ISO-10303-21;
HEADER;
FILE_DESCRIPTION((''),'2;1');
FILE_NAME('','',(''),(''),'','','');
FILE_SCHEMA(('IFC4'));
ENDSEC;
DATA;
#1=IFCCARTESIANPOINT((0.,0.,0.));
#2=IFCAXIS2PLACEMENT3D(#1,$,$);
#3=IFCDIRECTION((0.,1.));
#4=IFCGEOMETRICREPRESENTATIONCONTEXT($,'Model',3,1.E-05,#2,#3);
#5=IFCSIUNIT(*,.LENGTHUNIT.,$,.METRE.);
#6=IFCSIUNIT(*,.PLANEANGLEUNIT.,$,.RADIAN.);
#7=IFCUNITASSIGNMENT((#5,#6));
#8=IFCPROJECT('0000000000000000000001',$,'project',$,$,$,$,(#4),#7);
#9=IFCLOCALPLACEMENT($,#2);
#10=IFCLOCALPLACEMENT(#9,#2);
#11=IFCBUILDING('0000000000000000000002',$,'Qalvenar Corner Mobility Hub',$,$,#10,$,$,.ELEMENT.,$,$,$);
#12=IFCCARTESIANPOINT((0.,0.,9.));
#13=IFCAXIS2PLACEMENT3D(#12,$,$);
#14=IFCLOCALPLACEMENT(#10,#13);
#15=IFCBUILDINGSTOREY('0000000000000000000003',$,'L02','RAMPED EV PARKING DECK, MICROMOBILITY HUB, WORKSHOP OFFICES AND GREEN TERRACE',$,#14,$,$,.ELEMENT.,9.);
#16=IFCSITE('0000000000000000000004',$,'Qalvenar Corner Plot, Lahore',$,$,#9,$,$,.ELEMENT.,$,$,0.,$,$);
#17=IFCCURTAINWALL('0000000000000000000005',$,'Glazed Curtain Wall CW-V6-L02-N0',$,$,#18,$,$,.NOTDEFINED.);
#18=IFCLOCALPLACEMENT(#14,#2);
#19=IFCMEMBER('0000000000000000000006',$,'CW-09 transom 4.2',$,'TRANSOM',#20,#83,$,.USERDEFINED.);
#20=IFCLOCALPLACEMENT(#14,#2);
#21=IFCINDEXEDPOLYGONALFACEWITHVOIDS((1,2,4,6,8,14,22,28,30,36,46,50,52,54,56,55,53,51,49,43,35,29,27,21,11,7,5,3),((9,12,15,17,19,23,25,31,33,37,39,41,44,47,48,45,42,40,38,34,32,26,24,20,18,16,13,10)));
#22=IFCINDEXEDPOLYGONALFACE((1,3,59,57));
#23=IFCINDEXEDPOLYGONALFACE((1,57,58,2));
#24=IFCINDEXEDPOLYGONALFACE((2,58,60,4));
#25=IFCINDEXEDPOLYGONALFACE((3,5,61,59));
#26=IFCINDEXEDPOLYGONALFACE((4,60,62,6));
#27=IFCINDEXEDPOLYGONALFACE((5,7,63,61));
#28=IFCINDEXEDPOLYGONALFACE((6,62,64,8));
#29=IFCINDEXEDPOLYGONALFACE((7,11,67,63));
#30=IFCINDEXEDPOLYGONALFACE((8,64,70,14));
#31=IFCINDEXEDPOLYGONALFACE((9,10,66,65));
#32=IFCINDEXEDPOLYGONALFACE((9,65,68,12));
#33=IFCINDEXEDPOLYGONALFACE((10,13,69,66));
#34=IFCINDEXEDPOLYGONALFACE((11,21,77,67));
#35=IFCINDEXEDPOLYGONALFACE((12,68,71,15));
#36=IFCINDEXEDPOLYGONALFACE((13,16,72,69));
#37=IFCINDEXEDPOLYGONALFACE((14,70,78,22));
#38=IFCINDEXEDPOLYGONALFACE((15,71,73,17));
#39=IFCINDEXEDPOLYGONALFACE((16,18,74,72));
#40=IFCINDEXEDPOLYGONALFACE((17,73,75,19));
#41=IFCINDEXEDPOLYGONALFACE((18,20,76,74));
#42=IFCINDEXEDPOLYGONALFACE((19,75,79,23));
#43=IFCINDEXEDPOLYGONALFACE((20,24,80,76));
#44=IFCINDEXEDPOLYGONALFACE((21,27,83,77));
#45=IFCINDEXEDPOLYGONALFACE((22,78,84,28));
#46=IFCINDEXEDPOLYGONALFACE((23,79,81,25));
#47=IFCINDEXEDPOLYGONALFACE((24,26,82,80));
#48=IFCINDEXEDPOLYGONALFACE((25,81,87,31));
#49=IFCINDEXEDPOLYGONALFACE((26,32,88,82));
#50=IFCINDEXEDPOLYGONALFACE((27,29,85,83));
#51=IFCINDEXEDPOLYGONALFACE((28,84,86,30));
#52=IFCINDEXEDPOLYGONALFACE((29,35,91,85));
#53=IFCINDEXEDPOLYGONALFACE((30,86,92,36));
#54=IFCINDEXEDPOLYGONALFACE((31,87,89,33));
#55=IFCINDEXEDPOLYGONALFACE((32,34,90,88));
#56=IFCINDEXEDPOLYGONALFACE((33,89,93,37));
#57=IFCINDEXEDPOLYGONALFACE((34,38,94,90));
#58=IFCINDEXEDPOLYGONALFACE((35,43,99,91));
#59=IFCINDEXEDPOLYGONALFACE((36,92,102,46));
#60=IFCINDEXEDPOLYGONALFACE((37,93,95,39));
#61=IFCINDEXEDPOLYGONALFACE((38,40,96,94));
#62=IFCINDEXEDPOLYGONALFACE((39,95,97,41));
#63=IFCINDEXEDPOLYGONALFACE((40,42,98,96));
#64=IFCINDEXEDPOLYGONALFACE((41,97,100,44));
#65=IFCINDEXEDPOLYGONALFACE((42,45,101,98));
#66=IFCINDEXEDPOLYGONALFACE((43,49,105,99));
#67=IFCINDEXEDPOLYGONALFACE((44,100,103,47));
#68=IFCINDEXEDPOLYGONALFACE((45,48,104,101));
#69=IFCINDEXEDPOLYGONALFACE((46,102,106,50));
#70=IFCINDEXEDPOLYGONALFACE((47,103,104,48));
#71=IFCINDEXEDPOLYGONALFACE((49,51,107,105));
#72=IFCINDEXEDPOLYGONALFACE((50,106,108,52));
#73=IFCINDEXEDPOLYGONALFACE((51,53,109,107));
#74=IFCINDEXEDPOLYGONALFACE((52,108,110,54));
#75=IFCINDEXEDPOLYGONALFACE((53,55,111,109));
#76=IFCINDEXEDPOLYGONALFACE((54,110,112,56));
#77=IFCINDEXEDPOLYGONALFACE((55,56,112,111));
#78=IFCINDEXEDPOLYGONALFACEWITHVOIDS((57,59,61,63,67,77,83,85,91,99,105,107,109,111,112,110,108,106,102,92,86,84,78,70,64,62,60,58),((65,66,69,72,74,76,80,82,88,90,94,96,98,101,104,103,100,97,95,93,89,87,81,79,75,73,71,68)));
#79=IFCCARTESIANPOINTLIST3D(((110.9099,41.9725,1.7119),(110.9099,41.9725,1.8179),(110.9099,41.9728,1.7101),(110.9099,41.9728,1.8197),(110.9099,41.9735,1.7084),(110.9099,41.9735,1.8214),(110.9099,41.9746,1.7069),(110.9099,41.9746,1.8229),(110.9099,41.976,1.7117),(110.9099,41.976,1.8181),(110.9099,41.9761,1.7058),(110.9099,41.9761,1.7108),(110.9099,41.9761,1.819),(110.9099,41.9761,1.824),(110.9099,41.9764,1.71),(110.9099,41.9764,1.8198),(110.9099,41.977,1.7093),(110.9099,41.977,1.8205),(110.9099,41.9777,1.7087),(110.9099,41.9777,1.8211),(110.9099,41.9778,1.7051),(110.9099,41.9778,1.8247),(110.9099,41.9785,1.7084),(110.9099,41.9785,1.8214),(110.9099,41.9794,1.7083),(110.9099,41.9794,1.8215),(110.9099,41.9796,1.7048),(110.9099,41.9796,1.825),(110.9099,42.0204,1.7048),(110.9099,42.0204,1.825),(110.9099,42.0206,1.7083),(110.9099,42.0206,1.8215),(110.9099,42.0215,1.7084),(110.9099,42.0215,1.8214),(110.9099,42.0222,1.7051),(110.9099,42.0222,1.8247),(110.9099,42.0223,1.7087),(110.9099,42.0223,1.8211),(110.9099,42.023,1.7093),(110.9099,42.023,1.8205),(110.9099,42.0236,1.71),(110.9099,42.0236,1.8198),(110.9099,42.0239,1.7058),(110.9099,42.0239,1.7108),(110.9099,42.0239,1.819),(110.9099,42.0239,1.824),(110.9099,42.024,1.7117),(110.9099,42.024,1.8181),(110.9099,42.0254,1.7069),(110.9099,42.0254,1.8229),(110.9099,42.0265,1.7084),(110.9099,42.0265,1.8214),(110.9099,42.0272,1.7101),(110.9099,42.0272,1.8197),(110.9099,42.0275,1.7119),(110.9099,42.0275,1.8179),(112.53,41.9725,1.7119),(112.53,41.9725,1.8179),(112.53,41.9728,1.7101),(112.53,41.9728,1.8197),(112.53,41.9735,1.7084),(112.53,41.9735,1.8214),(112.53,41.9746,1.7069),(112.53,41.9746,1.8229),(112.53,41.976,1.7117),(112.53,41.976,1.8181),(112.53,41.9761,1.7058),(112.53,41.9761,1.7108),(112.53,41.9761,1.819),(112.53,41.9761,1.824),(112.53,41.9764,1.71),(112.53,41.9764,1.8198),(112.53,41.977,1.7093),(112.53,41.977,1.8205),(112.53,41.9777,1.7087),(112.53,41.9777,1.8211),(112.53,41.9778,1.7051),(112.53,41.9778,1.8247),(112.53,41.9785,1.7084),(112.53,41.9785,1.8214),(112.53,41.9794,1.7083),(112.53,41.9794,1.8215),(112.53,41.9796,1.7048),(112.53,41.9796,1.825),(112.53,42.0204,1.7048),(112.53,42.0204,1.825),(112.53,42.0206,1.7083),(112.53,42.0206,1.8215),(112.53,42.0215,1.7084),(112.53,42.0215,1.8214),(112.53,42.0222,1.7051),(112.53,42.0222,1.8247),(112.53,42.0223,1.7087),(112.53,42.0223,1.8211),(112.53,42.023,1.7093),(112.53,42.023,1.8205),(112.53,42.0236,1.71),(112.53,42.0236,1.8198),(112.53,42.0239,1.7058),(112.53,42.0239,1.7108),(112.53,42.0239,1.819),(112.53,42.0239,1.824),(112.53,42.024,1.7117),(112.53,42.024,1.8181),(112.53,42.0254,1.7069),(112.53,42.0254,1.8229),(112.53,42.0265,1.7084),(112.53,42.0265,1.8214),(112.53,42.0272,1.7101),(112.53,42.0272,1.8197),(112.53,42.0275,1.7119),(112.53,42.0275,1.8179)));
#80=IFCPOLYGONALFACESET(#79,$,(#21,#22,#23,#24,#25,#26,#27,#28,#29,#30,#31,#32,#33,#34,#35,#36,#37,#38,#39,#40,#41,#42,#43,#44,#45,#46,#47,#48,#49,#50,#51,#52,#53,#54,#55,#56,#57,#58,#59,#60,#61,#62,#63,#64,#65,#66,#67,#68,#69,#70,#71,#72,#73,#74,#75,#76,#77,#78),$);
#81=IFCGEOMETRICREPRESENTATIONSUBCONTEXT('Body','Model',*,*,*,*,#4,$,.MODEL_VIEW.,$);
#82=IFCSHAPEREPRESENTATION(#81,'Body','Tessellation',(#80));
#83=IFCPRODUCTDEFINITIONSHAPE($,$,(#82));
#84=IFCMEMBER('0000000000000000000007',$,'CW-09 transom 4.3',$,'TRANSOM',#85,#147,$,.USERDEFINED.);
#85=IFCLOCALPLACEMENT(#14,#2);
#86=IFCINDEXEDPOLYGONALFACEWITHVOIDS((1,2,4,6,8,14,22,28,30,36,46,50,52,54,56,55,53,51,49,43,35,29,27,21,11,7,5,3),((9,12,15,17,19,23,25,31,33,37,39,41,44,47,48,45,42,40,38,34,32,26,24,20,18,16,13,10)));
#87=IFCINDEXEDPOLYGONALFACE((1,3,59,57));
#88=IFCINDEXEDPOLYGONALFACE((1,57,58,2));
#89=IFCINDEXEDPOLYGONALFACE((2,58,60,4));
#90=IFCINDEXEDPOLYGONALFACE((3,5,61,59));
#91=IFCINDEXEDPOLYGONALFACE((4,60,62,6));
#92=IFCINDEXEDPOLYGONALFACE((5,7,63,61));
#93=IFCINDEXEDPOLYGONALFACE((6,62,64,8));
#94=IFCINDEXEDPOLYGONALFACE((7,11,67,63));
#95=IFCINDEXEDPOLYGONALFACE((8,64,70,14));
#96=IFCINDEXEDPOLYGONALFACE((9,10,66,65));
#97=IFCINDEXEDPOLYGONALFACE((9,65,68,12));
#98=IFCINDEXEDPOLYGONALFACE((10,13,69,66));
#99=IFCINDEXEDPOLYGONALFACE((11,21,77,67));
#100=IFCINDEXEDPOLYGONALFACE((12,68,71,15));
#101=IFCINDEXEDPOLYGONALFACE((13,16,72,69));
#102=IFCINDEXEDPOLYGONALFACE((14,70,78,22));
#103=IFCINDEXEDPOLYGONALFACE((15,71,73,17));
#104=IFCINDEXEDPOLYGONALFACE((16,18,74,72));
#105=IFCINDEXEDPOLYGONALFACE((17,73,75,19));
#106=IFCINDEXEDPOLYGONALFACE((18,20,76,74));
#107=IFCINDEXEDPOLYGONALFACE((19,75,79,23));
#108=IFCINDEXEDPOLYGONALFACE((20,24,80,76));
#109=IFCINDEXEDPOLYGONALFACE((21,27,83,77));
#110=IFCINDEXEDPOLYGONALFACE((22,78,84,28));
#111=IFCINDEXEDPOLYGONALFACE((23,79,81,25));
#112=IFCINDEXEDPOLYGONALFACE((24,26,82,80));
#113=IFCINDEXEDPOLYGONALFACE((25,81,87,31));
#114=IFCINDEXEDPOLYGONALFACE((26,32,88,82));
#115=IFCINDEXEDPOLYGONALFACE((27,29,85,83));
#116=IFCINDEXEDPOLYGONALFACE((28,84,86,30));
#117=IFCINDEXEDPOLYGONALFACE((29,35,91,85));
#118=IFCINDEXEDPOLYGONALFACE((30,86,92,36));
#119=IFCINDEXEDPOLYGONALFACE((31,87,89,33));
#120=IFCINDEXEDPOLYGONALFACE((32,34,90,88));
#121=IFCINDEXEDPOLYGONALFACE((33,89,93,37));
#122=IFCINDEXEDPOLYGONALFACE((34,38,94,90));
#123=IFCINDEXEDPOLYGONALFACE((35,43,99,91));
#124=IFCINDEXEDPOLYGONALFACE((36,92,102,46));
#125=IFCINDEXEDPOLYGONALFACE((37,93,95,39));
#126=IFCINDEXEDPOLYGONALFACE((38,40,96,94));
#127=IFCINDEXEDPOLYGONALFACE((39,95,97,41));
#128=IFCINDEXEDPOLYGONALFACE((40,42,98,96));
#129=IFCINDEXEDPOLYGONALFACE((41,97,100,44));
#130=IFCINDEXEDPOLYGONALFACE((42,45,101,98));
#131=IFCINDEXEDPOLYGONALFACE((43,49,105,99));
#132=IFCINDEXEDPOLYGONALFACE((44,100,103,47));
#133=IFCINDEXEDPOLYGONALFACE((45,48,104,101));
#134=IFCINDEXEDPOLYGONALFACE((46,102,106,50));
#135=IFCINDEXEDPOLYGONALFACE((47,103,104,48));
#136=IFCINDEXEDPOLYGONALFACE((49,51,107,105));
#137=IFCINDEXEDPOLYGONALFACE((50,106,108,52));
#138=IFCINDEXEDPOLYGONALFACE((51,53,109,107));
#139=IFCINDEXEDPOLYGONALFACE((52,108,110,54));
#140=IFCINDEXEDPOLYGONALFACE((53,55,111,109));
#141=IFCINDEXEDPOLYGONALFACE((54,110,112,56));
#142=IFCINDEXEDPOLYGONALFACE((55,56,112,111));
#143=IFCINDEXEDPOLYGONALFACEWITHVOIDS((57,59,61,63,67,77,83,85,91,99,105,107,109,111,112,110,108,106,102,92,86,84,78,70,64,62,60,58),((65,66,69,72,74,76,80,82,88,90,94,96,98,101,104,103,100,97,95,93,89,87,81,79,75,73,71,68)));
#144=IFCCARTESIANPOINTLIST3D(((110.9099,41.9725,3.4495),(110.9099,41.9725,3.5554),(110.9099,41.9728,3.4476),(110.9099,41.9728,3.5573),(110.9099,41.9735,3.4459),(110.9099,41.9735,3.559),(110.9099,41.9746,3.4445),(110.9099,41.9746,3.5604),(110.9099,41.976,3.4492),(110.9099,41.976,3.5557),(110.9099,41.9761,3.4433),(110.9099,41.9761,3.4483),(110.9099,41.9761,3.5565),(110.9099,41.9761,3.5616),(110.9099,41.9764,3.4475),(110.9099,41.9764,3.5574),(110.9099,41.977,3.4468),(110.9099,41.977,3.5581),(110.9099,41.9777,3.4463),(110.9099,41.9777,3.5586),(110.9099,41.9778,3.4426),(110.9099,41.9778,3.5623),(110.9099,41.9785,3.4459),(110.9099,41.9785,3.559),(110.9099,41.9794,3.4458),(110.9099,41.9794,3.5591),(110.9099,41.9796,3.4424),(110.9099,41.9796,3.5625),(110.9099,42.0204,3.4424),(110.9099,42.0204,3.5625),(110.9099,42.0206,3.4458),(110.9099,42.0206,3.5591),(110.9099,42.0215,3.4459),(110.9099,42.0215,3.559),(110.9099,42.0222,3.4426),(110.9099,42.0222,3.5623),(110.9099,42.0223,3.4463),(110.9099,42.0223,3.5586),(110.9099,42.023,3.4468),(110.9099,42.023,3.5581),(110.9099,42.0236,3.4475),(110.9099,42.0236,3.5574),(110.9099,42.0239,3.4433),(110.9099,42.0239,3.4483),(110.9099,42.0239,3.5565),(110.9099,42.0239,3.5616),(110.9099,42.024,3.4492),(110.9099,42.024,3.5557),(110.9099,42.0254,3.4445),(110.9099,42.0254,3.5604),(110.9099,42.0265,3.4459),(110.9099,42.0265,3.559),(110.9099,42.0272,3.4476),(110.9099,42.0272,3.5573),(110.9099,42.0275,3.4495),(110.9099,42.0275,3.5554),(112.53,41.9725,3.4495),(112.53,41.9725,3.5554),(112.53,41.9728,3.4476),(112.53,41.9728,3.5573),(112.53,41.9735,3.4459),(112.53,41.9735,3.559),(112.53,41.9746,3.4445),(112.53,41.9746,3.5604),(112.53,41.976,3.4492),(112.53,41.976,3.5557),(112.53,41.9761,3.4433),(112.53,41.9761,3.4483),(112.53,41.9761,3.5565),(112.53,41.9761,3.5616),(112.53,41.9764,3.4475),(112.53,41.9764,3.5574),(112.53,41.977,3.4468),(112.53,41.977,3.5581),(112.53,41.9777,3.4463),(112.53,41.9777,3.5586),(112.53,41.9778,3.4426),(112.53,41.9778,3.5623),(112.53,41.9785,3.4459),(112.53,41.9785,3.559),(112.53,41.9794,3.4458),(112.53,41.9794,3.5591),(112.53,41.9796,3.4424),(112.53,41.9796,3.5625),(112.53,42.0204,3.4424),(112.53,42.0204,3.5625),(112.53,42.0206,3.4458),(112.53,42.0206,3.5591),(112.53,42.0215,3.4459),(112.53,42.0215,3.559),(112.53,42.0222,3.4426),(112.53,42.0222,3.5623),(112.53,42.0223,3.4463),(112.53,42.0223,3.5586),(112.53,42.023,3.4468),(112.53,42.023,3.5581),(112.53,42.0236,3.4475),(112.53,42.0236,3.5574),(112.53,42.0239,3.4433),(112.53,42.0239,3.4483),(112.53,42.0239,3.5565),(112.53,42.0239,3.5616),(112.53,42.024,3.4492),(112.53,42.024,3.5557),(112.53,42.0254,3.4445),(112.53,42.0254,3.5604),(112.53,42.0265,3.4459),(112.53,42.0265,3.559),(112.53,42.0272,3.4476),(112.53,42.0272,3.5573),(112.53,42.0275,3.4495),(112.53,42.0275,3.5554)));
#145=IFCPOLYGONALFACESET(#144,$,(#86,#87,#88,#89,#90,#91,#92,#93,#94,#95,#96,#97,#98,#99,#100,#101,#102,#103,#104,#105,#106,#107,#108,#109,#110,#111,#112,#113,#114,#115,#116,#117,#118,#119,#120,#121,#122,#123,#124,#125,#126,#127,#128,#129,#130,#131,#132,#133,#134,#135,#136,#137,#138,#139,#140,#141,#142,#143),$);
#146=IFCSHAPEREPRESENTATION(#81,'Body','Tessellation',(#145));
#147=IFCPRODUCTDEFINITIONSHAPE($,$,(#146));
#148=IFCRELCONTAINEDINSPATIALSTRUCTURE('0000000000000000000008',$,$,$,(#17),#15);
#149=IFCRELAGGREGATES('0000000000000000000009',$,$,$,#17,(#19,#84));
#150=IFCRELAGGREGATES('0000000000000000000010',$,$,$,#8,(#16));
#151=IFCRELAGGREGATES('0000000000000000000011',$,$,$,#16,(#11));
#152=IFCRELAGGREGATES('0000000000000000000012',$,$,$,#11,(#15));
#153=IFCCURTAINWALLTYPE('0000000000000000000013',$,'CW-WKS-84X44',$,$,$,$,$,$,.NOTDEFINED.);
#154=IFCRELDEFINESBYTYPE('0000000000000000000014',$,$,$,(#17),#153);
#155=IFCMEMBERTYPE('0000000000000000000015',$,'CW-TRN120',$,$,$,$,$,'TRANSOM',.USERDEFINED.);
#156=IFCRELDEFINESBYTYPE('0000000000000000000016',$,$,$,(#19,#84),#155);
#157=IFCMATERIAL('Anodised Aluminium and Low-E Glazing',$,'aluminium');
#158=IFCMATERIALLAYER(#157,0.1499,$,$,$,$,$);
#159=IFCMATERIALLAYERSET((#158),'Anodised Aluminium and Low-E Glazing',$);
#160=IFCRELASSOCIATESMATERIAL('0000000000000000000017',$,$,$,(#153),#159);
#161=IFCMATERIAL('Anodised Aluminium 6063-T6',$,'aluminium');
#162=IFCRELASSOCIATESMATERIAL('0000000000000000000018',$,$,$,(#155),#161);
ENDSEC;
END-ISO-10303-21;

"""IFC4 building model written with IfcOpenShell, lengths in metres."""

from ifc_helpers import new_model, si_unit, direction, frame, origin, origin_2d, place, context, subcontext, project, spatial, hollow_rectangle, extrude, material, layer, layer_set, material_profile, profile_set, type_object, element, aggregate, save


model = new_model("IFC4")

# Units and contexts
model_context = context("Model", 3, precision=1e-05, world=origin(), true_north=direction((0.0, 1.0)))
body_context = subcontext(model_context, "Body", "Model", "MODEL_VIEW")
ifc_project = project(units=[si_unit("LENGTHUNIT", "METRE"), si_unit("PLANEANGLEUNIT", "RADIAN")], contexts=[model_context])

# Site, building, storey
site_placement = place(None, origin())
site = spatial("IfcSite", under=ifc_project, at=site_placement, Name="Qalvenar Corner Plot, Lahore", CompositionType="ELEMENT", RefElevation=0.0)
building_placement = place(site_placement, origin())
building = spatial("IfcBuilding", under=site, at=building_placement, Name="Qalvenar Corner Mobility Hub", CompositionType="ELEMENT")
storey_placement = place(building_placement, frame((0.0, 0.0, 9.0)))
storey = spatial("IfcBuildingStorey", under=building, at=storey_placement, Name="L02", Description="RAMPED EV PARKING DECK, MICROMOBILITY HUB, WORKSHOP OFFICES AND GREEN TERRACE", CompositionType="ELEMENT", Elevation=9.0)

# Curtain wall
ifc_material_1 = material(Name="Anodised Aluminium and Low-E Glazing", Category="aluminium")
ifc_layer_1 = layer(ifc_material_1, 0.1499)
ifc_layer_set_1 = layer_set([ifc_layer_1], Name="Anodised Aluminium and Low-E Glazing")
curtain_wall_type_1 = type_object("IfcCurtainWallType", Name="CW-WKS-84X44", PredefinedType="NOTDEFINED", material=ifc_layer_set_1)
curtain_wall_1_placement = place(storey_placement, origin())
curtain_wall_1 = element("IfcCurtainWall", 1, at=curtain_wall_1_placement, inside=storey, type_object=curtain_wall_type_1, Name="Glazed Curtain Wall CW-V6-L02-N0", PredefinedType="NOTDEFINED")
ifc_material_2 = material(Name="Anodised Aluminium 6063-T6", Category="aluminium")

# Members
ifc_material_profile_1 = material_profile(ifc_material_2, hollow_rectangle(XDim=0.0549, YDim=0.1201, WallThickness=0.0034, InnerFilletRadius=0.0034, OuterFilletRadius=0.0071, at=origin_2d()), Name="RHS120x55x3.5")
ifc_profile_set_1 = profile_set([ifc_material_profile_1], Name="Anodised Aluminium 6063-T6")
member_type_1 = type_object("IfcMemberType", Name="CW-TRN120", ElementType="TRANSOM", PredefinedType="USERDEFINED", material=ifc_profile_set_1)
member_1_placement = place(storey_placement, frame((112.53, 42.0, 1.7649), z_axis=(-1.0, 0.0, 0.0), x_axis=(0.0, -1.0, 0.0)))
member_1 = element("IfcMember", 2, at=member_1_placement, type_object=member_type_1, Name="CW-09 transom 4.2", ObjectType="TRANSOM", PredefinedType="USERDEFINED", context=body_context, shape_type="SweptSolid", body=[
    extrude(hollow_rectangle(XDim=0.0549, YDim=0.1201, WallThickness=0.0034, InnerFilletRadius=0.0034, OuterFilletRadius=0.0071, at=origin_2d()), origin(), (0.0, 0.0, 1.0), 1.6201),
])
member_2_placement = place(storey_placement, frame((112.53, 42.0, 3.5024), z_axis=(-1.0, 0.0, 0.0), x_axis=(0.0, -1.0, 0.0)))
member_2 = element("IfcMember", 3, at=member_2_placement, type_object=member_type_1, Name="CW-09 transom 4.3", ObjectType="TRANSOM", PredefinedType="USERDEFINED", context=body_context, shape_type="SweptSolid", body=[
    extrude(hollow_rectangle(XDim=0.0549, YDim=0.1201, WallThickness=0.0034, InnerFilletRadius=0.0034, OuterFilletRadius=0.0071, at=origin_2d()), origin(), (0.0, 0.0, 1.0), 1.6201),
])

aggregate(curtain_wall_1, [member_1, member_2])

save(model, "model.ifc")
